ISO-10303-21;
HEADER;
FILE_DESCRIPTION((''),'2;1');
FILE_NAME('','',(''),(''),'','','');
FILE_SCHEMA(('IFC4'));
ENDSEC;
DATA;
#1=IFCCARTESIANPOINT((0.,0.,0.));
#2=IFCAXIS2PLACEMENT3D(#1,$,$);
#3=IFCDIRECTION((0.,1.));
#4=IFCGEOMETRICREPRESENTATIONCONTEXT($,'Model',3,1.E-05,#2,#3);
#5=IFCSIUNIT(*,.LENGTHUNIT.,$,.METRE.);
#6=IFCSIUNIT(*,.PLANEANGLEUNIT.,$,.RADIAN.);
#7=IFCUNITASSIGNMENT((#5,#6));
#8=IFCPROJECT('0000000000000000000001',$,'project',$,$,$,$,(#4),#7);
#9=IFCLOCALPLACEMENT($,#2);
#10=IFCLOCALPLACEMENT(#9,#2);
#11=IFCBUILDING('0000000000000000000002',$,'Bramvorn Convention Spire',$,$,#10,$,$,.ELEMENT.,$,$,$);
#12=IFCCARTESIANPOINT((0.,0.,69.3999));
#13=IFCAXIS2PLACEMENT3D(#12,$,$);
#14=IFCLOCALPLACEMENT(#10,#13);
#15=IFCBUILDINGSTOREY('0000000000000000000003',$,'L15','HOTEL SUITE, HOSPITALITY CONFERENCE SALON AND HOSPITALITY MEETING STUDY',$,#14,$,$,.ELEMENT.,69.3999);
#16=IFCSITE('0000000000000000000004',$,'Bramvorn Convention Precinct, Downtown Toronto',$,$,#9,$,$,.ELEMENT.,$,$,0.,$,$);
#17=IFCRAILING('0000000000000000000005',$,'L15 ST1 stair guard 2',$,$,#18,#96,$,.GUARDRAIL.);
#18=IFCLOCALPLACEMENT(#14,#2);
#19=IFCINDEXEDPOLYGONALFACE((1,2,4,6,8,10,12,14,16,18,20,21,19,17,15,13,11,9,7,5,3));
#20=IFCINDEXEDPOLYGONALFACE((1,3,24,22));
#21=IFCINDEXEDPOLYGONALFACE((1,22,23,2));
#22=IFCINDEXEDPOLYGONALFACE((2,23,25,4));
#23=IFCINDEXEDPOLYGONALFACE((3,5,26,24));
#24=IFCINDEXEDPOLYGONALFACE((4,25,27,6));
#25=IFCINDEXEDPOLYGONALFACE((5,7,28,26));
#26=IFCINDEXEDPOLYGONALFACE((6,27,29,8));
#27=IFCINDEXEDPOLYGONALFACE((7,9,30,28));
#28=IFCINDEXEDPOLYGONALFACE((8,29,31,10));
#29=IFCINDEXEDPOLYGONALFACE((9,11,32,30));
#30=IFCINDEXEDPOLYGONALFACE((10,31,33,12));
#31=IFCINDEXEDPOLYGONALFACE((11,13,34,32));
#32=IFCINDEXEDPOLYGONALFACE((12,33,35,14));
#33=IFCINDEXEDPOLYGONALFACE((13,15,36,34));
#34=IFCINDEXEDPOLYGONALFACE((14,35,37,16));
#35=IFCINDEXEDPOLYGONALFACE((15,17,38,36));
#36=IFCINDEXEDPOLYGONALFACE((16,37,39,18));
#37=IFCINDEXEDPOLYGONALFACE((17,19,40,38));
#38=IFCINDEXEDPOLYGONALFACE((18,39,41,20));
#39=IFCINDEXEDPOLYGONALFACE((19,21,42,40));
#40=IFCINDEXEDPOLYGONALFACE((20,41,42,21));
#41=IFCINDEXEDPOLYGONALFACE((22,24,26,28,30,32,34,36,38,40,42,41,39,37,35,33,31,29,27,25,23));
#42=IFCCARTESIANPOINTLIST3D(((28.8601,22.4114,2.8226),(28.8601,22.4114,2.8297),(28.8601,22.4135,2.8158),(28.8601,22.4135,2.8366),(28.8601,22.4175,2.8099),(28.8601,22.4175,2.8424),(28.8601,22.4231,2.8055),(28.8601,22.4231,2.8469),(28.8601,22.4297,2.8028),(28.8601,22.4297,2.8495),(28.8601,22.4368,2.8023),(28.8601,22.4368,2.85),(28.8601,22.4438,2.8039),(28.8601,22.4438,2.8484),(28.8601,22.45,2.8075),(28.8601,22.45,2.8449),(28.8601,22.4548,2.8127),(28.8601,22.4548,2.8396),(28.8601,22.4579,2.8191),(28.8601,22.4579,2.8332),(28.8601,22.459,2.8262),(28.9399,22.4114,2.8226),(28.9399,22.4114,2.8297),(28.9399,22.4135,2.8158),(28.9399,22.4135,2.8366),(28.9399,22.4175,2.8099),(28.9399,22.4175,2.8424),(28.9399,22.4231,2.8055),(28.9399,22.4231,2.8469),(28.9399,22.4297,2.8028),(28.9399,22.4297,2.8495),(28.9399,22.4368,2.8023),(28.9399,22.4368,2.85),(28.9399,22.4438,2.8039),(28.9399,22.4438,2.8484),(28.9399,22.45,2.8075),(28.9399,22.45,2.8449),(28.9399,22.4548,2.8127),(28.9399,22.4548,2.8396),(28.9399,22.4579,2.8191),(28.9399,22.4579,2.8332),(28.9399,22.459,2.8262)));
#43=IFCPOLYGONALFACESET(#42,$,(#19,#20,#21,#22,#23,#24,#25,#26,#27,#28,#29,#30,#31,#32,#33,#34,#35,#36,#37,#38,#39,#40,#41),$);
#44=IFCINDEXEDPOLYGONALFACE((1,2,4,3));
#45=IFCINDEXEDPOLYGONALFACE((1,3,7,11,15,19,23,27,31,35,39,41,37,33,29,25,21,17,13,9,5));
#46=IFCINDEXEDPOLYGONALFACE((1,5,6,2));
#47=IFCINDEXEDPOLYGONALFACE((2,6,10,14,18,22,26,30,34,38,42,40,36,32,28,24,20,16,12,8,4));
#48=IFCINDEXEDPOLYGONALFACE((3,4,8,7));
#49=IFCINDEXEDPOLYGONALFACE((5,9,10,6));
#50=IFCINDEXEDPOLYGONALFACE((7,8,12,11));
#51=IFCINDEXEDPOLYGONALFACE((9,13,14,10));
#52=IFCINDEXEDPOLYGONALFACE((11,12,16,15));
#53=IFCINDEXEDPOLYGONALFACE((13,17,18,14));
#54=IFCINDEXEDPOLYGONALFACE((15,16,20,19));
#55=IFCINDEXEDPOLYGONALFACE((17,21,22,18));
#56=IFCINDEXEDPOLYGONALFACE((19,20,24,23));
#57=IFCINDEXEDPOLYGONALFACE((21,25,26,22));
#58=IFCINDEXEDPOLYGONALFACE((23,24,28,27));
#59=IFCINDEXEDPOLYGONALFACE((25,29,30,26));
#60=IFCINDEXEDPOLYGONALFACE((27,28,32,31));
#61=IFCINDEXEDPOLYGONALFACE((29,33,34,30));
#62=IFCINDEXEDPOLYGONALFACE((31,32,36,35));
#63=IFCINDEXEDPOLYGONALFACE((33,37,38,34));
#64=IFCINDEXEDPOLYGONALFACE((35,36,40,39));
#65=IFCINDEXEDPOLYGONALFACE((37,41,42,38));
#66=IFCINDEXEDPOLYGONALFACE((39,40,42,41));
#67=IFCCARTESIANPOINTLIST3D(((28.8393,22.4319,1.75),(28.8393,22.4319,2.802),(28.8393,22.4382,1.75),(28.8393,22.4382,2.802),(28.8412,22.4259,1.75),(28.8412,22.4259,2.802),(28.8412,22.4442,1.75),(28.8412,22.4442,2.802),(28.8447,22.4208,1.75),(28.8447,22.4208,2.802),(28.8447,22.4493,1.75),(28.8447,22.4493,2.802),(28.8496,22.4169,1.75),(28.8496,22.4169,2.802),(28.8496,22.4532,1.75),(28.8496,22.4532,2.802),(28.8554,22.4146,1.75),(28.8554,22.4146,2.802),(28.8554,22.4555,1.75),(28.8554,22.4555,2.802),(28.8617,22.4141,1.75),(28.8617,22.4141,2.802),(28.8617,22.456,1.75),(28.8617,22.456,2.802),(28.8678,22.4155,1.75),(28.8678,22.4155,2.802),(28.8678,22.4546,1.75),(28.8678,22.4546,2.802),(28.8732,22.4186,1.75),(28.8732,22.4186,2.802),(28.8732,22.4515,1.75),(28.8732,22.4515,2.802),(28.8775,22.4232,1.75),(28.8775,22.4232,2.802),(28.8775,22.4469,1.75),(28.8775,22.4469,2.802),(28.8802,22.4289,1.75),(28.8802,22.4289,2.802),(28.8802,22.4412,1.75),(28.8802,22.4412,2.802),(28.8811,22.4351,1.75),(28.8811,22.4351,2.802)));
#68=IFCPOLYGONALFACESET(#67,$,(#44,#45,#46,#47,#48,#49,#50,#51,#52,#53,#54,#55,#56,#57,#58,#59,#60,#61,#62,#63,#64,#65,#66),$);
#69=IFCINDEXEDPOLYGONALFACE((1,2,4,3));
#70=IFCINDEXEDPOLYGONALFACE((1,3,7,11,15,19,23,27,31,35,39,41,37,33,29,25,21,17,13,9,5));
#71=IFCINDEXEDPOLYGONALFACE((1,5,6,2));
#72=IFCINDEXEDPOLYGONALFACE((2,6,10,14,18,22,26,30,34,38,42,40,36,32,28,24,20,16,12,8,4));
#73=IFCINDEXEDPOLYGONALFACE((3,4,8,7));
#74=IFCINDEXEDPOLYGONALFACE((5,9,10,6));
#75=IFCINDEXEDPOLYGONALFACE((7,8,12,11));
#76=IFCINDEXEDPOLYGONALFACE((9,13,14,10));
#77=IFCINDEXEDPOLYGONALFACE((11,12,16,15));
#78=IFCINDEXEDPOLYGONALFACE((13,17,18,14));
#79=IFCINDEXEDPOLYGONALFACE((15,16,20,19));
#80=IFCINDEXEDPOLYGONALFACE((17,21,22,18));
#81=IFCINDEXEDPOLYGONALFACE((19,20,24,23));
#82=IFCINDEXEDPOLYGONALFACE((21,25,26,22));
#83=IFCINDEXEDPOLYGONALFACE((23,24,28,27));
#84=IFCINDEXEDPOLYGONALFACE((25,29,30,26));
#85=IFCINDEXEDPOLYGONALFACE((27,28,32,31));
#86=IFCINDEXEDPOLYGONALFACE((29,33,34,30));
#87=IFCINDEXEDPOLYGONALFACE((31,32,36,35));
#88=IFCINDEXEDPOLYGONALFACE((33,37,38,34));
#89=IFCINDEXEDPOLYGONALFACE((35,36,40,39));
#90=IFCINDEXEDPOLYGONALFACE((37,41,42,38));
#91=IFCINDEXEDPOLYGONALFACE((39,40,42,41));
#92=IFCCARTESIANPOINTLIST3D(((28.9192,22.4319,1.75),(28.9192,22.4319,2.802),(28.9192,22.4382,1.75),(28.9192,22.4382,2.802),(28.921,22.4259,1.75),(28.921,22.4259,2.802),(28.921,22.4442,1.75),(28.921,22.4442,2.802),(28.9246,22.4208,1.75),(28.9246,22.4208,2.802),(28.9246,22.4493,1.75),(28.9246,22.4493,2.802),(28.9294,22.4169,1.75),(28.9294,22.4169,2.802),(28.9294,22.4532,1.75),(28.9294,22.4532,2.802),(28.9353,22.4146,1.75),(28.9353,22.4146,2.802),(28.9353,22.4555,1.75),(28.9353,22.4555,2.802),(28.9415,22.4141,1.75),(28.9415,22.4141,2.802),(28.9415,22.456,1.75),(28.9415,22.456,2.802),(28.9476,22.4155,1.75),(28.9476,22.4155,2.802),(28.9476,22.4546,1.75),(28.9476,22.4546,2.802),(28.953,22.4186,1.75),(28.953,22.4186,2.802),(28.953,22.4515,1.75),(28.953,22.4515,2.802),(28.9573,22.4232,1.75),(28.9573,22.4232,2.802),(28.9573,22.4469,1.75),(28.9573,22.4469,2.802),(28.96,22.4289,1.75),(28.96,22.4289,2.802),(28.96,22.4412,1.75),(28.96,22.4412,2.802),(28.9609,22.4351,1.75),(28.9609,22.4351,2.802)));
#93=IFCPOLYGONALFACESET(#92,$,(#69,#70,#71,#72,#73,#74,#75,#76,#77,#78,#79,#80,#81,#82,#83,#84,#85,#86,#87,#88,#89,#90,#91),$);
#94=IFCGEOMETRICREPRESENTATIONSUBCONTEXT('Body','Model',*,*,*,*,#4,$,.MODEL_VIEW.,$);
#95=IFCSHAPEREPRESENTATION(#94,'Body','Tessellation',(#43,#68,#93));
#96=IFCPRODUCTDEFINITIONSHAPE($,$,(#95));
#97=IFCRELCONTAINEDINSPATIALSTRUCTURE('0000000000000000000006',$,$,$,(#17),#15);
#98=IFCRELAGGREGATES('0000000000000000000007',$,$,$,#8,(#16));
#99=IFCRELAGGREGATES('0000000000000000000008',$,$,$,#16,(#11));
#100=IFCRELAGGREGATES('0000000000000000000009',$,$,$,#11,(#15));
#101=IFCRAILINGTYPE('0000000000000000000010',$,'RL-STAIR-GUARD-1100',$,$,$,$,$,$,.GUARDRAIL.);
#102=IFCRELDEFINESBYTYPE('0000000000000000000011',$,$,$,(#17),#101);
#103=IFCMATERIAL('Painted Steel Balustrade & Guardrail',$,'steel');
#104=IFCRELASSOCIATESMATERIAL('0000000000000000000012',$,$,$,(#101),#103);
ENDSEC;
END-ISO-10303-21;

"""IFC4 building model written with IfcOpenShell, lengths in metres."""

from ifc_helpers import new_model, si_unit, direction, frame, origin, origin_2d, place, context, subcontext, project, spatial, circle, extrude, material, type_object, element, save


model = new_model("IFC4")

# Units and contexts
model_context = context("Model", 3, precision=1e-05, world=origin(), true_north=direction((0.0, 1.0)))
body_context = subcontext(model_context, "Body", "Model", "MODEL_VIEW")
ifc_project = project(units=[si_unit("LENGTHUNIT", "METRE"), si_unit("PLANEANGLEUNIT", "RADIAN")], contexts=[model_context])

# Site, building, storey
site_placement = place(None, origin())
site = spatial("IfcSite", under=ifc_project, at=site_placement, Name="Bramvorn Convention Precinct, Downtown Toronto", CompositionType="ELEMENT", RefElevation=0.0)
building_placement = place(site_placement, origin())
building = spatial("IfcBuilding", under=site, at=building_placement, Name="Bramvorn Convention Spire", CompositionType="ELEMENT")
storey_placement = place(building_placement, frame((0.0, 0.0, 69.3999)))
storey = spatial("IfcBuildingStorey", under=building, at=storey_placement, Name="L15", Description="HOTEL SUITE, HOSPITALITY CONFERENCE SALON AND HOSPITALITY MEETING STUDY", CompositionType="ELEMENT", Elevation=69.3999)

# Railing
ifc_material_1 = material(Name="Painted Steel Balustrade & Guardrail", Category="steel")
railing_type_1 = type_object("IfcRailingType", Name="RL-STAIR-GUARD-1100", PredefinedType="GUARDRAIL", material=ifc_material_1)
railing_1_placement = place(storey_placement, frame((28.8601, 22.4351, 1.75)))
element("IfcRailing", 1, at=railing_1_placement, inside=storey, type_object=railing_type_1, Name="L15 ST1 stair guard 2", PredefinedType="GUARDRAIL", context=body_context, shape_type="SweptSolid", body=[
    extrude(circle(Radius=0.0239, at=origin_2d()), frame((0.0, 0.0, 1.0762), z_axis=(1.0, 0.0, 0.0), x_axis=(0.0, 1.0, 0.0)), (0.0, 0.0, 1.0), 0.0798),
    extrude(circle(Radius=0.021, at=origin_2d()), origin(), (0.0, 0.0, 1.0), 1.052),
    extrude(circle(Radius=0.021, at=origin_2d()), frame((0.0798, 0.0, 0.0)), (0.0, 0.0, 1.0), 1.052),
])

save(model, "model.ifc")
